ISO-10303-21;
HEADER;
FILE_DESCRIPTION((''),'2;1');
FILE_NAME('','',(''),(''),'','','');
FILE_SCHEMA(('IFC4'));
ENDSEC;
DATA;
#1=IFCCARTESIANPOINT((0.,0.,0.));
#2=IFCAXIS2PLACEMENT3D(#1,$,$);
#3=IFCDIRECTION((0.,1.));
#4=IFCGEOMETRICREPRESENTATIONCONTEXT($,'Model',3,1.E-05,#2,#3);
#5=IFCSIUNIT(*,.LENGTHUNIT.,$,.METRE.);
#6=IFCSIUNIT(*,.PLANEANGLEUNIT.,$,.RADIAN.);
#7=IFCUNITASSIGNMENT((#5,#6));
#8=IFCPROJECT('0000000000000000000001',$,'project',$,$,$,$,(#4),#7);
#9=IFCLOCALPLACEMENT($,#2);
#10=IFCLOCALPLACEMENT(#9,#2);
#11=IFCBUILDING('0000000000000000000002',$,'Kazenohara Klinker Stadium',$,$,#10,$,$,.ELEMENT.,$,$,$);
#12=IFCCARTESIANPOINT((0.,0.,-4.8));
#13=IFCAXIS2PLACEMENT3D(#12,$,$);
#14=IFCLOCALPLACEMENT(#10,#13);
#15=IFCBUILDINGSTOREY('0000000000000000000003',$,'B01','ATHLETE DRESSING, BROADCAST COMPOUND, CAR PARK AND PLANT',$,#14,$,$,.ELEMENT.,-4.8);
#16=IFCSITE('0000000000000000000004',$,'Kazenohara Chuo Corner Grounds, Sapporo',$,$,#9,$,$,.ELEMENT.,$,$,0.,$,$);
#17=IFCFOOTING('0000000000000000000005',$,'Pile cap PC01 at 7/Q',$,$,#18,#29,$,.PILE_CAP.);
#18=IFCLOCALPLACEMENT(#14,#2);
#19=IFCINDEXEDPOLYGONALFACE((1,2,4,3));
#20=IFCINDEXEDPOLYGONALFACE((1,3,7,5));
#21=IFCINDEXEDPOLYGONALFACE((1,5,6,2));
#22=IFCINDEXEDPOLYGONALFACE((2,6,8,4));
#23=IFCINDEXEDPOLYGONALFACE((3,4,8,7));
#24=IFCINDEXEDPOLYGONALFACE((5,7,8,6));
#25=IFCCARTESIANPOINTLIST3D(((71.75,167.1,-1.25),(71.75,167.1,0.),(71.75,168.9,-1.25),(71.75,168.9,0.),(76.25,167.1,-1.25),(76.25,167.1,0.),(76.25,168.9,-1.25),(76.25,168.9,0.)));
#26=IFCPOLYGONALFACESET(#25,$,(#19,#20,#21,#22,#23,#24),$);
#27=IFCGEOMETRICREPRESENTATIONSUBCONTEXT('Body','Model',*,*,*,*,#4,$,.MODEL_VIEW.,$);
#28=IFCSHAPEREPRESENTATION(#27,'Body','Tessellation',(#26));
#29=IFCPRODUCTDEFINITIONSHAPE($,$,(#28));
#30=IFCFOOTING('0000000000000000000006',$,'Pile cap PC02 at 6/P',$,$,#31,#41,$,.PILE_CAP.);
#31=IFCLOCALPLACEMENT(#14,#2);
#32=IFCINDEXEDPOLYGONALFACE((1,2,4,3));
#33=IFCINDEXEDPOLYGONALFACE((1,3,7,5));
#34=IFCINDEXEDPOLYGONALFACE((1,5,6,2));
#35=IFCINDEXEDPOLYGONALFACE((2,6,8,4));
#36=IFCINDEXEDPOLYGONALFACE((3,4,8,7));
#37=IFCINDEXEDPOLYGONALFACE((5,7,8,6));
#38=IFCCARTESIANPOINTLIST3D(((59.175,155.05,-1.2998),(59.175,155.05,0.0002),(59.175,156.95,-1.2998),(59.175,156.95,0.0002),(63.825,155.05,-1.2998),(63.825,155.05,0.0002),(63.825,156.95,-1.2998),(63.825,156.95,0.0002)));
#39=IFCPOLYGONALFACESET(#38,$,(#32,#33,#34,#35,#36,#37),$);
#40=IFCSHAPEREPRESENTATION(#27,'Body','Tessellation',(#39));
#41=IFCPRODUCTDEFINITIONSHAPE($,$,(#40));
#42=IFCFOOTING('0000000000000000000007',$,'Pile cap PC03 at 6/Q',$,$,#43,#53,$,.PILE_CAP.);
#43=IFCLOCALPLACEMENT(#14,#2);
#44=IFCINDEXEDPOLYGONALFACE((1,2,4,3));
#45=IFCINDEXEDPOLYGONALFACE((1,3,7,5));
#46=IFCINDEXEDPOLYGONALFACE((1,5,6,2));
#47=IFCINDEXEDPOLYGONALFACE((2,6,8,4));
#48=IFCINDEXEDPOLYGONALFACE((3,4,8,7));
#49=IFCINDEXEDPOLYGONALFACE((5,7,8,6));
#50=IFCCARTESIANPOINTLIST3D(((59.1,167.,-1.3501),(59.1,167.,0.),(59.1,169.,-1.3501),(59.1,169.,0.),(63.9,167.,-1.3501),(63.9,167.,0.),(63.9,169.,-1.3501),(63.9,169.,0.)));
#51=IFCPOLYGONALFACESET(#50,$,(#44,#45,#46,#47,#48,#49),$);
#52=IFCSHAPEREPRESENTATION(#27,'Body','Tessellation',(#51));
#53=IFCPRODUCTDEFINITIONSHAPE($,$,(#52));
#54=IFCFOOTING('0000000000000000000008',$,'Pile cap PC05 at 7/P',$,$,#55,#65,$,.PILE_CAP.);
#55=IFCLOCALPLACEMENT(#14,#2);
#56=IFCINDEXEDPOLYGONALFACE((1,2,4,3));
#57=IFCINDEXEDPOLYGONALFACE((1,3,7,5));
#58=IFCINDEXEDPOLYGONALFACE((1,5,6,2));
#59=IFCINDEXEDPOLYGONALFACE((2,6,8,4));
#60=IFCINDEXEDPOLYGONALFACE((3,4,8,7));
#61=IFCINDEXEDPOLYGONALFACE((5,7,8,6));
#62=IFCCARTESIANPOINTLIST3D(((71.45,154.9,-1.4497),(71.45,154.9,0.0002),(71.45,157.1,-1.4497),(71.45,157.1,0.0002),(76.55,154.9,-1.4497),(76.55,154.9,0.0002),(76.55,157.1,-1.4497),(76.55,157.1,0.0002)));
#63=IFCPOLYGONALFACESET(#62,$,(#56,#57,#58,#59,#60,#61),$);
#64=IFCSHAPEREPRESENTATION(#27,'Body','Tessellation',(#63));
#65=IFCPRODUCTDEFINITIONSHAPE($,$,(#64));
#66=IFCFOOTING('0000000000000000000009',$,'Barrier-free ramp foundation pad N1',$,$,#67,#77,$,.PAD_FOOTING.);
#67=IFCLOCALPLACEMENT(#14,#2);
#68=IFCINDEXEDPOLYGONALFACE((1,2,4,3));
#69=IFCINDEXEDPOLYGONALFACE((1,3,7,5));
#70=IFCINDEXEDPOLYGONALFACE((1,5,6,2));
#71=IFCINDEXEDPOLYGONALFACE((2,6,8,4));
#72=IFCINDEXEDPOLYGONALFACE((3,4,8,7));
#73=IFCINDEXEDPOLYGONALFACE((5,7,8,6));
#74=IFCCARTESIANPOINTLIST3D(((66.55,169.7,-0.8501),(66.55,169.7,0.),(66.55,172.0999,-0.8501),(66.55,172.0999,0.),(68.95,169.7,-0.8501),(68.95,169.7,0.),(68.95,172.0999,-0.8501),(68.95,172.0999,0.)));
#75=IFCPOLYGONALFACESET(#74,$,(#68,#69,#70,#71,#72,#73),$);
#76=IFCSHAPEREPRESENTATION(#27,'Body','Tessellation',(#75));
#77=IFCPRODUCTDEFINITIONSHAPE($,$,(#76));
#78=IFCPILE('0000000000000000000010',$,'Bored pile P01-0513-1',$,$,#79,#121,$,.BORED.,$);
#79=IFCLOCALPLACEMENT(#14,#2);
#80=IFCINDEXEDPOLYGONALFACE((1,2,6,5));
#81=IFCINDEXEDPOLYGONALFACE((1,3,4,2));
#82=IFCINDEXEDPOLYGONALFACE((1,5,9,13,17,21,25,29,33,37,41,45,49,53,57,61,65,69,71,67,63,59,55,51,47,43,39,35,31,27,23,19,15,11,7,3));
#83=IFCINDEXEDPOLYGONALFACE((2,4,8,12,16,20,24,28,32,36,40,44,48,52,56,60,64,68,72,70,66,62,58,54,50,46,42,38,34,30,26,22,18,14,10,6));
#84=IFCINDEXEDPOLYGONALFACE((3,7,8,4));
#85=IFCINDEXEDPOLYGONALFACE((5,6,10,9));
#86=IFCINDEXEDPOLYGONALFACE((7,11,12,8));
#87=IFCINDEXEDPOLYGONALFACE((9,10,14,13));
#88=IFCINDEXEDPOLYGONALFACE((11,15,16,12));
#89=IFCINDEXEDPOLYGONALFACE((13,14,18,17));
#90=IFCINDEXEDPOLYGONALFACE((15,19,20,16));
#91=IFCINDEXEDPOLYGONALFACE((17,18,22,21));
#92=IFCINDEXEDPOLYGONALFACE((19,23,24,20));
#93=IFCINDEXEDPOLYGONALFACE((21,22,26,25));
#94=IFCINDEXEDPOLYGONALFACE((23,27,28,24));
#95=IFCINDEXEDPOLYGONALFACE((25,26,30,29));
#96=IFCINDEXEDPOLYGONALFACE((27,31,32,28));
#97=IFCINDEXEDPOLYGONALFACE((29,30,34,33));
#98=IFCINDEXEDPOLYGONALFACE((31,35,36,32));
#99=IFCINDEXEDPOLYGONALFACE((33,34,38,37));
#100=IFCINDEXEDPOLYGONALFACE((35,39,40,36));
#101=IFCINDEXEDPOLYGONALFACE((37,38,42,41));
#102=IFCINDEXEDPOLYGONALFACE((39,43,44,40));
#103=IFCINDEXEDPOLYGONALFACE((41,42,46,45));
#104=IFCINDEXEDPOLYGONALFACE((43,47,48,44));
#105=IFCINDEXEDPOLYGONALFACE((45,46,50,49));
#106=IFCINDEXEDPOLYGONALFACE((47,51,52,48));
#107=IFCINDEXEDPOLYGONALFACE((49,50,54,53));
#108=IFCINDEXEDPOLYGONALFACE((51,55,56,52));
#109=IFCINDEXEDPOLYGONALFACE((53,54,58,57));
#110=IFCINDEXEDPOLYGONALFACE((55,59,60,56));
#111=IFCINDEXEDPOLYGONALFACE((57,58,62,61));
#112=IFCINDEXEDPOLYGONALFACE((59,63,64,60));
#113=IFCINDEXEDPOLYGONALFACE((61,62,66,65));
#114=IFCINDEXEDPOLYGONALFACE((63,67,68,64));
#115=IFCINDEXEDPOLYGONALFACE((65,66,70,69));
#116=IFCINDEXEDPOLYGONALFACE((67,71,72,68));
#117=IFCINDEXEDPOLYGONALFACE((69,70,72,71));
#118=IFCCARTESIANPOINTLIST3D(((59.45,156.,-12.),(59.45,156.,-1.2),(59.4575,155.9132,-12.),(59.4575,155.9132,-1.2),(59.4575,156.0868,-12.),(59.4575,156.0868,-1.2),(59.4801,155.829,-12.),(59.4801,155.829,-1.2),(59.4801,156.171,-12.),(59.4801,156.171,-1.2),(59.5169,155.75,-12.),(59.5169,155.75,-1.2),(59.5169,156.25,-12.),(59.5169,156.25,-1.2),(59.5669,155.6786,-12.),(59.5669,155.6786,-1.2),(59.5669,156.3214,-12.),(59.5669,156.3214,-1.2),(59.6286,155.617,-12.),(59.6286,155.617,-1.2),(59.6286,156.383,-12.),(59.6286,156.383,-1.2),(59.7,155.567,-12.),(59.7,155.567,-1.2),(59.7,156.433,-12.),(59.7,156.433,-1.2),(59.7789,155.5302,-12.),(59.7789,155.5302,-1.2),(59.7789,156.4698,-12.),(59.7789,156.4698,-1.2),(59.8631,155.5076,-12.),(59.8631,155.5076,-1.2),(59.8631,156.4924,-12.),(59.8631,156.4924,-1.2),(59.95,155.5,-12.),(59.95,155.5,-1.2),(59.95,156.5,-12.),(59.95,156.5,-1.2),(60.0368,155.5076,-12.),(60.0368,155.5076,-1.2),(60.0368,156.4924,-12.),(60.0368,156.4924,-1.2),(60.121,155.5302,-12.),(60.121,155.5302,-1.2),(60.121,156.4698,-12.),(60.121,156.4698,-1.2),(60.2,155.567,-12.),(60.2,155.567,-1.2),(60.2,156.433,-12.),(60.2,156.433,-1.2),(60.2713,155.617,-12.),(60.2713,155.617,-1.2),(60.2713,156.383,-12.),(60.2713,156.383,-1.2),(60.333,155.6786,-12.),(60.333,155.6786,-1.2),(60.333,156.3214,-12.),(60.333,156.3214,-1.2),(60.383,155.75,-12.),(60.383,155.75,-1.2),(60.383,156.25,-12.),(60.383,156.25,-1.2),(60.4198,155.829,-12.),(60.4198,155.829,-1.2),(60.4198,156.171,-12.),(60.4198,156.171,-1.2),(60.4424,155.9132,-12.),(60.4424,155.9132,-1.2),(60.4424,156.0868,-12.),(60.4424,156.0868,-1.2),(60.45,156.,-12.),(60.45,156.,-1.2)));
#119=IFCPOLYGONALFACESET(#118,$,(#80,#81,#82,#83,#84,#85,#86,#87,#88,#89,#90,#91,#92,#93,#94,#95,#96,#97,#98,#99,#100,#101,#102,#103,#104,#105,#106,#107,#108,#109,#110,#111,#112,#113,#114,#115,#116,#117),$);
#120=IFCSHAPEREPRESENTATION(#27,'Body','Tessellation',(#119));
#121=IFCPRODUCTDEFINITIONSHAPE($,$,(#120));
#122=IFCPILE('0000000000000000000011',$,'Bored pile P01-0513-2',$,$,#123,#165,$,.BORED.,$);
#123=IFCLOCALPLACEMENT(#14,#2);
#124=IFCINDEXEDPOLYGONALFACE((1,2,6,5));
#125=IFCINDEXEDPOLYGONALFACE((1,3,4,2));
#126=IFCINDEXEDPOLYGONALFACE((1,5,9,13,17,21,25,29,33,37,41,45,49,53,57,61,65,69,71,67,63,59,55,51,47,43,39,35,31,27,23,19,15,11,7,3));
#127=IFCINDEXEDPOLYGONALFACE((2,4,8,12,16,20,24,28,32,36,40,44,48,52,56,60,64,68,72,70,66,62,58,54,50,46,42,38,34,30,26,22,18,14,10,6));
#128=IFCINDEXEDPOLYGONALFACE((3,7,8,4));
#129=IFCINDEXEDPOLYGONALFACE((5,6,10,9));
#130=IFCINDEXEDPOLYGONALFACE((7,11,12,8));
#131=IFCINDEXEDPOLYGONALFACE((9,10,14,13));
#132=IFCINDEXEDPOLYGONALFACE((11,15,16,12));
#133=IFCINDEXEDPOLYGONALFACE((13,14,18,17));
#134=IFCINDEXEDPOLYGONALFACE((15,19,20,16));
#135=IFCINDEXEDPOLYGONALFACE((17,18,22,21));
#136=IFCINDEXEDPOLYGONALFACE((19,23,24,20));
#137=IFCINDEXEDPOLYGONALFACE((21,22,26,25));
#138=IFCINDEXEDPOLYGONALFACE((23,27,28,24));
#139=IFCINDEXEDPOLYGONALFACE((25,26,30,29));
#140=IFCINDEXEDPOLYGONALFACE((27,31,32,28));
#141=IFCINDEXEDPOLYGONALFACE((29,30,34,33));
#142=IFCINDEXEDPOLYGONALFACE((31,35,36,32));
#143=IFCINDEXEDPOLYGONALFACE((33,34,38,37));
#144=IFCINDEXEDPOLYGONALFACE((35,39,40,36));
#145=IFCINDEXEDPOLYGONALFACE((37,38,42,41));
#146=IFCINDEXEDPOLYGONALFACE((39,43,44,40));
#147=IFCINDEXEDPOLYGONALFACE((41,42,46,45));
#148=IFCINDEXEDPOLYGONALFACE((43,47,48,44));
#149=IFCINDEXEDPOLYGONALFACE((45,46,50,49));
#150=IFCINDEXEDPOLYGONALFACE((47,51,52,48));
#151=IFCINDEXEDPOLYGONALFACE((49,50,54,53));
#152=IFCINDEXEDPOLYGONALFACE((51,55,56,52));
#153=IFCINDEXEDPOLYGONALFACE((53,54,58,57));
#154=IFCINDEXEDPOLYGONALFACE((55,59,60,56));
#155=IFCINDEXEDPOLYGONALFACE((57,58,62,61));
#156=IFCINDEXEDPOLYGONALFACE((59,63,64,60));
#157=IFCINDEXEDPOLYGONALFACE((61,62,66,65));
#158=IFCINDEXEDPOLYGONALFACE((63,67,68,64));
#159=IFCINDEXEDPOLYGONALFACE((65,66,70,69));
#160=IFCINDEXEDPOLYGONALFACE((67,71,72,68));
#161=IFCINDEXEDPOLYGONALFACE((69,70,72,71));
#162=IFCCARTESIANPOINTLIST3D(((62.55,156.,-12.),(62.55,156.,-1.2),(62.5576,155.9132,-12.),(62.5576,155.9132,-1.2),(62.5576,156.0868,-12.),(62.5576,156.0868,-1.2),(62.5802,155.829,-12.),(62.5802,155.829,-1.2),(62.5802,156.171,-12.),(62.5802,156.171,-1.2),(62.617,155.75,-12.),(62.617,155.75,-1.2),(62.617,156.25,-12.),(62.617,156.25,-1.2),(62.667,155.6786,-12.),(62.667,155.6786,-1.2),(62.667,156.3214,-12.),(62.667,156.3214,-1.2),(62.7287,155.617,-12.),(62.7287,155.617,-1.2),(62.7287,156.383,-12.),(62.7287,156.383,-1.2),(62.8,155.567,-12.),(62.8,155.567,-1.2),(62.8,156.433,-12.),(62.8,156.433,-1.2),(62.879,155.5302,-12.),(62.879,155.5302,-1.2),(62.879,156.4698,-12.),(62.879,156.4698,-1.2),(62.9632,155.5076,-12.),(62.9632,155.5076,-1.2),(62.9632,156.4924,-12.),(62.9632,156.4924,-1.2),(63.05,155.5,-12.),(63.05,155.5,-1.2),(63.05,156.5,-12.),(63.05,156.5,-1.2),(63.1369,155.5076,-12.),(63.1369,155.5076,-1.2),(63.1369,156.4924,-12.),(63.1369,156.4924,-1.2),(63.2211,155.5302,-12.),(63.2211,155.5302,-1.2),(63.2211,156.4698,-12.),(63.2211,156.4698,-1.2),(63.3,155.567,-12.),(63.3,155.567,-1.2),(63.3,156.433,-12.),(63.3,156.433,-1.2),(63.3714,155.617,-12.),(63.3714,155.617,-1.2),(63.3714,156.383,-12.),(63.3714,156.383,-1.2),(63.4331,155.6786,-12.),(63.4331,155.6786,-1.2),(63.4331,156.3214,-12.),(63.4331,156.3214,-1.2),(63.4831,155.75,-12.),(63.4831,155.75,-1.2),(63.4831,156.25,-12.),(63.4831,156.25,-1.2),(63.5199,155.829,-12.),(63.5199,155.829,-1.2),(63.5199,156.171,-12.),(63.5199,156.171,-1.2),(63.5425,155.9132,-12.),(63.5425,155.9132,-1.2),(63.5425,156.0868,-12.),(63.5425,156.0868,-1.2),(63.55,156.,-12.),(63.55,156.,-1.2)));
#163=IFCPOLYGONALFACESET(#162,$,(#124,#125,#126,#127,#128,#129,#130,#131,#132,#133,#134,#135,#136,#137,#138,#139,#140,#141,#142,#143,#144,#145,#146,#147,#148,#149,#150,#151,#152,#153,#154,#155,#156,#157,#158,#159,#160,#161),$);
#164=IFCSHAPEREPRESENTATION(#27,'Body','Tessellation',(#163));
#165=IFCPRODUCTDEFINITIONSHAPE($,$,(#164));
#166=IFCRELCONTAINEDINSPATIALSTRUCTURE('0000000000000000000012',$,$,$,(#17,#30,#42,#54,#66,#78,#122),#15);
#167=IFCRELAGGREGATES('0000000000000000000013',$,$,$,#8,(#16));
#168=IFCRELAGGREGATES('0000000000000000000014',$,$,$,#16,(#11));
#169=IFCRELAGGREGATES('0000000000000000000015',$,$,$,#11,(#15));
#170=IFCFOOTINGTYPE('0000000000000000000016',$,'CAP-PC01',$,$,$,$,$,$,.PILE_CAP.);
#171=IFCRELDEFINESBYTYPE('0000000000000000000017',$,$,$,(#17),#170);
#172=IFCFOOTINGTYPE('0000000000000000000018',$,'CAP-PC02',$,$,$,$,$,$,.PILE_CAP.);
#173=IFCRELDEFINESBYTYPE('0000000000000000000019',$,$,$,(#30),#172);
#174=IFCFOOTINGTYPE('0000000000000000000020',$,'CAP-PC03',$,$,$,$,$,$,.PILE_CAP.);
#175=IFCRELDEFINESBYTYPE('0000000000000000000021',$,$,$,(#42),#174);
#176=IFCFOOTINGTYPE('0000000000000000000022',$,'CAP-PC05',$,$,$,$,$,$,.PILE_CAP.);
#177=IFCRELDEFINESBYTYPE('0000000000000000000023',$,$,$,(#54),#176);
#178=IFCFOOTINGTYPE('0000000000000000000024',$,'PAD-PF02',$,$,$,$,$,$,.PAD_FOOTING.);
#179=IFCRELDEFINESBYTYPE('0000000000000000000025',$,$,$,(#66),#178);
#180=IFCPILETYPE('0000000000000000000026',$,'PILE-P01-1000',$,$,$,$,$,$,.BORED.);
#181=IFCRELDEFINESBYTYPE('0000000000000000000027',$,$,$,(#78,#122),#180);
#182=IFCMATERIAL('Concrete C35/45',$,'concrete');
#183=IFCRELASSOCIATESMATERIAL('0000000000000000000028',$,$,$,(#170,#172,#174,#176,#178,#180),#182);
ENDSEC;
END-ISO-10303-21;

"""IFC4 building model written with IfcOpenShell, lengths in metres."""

from ifc_helpers import new_model, si_unit, direction, frame, origin, origin_2d, place, context, subcontext, project, spatial, rectangle, circle, extrude, material, material_profile, profile_set, type_object, element, save


model = new_model("IFC4")

# Units and contexts
model_context = context("Model", 3, precision=1e-05, world=origin(), true_north=direction((0.0, 1.0)))
body_context = subcontext(model_context, "Body", "Model", "MODEL_VIEW")
ifc_project = project(units=[si_unit("LENGTHUNIT", "METRE"), si_unit("PLANEANGLEUNIT", "RADIAN")], contexts=[model_context])

# Site, building, storey
site_placement = place(None, origin())
site = spatial("IfcSite", under=ifc_project, at=site_placement, Name="Kazenohara Chuo Corner Grounds, Sapporo", CompositionType="ELEMENT", RefElevation=0.0)
building_placement = place(site_placement, origin())
building = spatial("IfcBuilding", under=site, at=building_placement, Name="Kazenohara Klinker Stadium", CompositionType="ELEMENT")
storey_placement = place(building_placement, frame((0.0, 0.0, -4.8)))
storey = spatial("IfcBuildingStorey", under=building, at=storey_placement, Name="B01", Description="ATHLETE DRESSING, BROADCAST COMPOUND, CAR PARK AND PLANT", CompositionType="ELEMENT", Elevation=-4.8)

# Footings
ifc_material_1 = material(Name="Concrete C35/45", Category="concrete")
footing_type_1 = type_object("IfcFootingType", Name="CAP-PC01", PredefinedType="PILE_CAP", material=ifc_material_1)
footing_1_placement = place(storey_placement, frame((74.0, 168.0, -1.25), z_axis=(0.0, 0.0, 1.0), x_axis=(1.0, 0.0, 0.0)))
element("IfcFooting", 1, at=footing_1_placement, inside=storey, type_object=footing_type_1, Name="Pile cap PC01 at 7/Q", PredefinedType="PILE_CAP", context=body_context, shape_type="SweptSolid", body=[
    extrude(rectangle(XDim=4.5, YDim=1.8, at=origin_2d()), origin(), (0.0, 0.0, 1.0), 1.25),
])
footing_type_2 = type_object("IfcFootingType", Name="CAP-PC02", PredefinedType="PILE_CAP", material=ifc_material_1)
footing_2_placement = place(storey_placement, frame((61.5, 156.0, -1.2998), z_axis=(0.0, 0.0, 1.0), x_axis=(1.0, 0.0, 0.0)))
element("IfcFooting", 2, at=footing_2_placement, inside=storey, type_object=footing_type_2, Name="Pile cap PC02 at 6/P", PredefinedType="PILE_CAP", context=body_context, shape_type="SweptSolid", body=[
    extrude(rectangle(XDim=4.6499, YDim=1.8999, at=origin_2d()), origin(), (0.0, 0.0, 1.0), 1.3),
])
footing_type_3 = type_object("IfcFootingType", Name="CAP-PC03", PredefinedType="PILE_CAP", material=ifc_material_1)
footing_3_placement = place(storey_placement, frame((61.5, 168.0, -1.3501), z_axis=(0.0, 0.0, 1.0), x_axis=(1.0, 0.0, 0.0)))
element("IfcFooting", 3, at=footing_3_placement, inside=storey, type_object=footing_type_3, Name="Pile cap PC03 at 6/Q", PredefinedType="PILE_CAP", context=body_context, shape_type="SweptSolid", body=[
    extrude(rectangle(XDim=4.8, YDim=2.0, at=origin_2d()), origin(), (0.0, 0.0, 1.0), 1.3501),
])
footing_type_4 = type_object("IfcFootingType", Name="CAP-PC05", PredefinedType="PILE_CAP", material=ifc_material_1)
footing_4_placement = place(storey_placement, frame((74.0, 156.0, -1.4497), z_axis=(0.0, 0.0, 1.0), x_axis=(1.0, 0.0, 0.0)))
element("IfcFooting", 4, at=footing_4_placement, inside=storey, type_object=footing_type_4, Name="Pile cap PC05 at 7/P", PredefinedType="PILE_CAP", context=body_context, shape_type="SweptSolid", body=[
    extrude(rectangle(XDim=5.1001, YDim=2.2, at=origin_2d()), origin(), (0.0, 0.0, 1.0), 1.45),
])
footing_type_5 = type_object("IfcFootingType", Name="PAD-PF02", PredefinedType="PAD_FOOTING", material=ifc_material_1)
footing_5_placement = place(storey_placement, frame((67.75, 170.8999, -0.8501), z_axis=(0.0, 0.0, 1.0), x_axis=(1.0, 0.0, 0.0)))
element("IfcFooting", 5, at=footing_5_placement, inside=storey, type_object=footing_type_5, Name="Barrier-free ramp foundation pad N1", PredefinedType="PAD_FOOTING", context=body_context, shape_type="SweptSolid", body=[
    extrude(rectangle(XDim=2.3999, YDim=2.3999, at=origin_2d()), origin(), (0.0, 0.0, 1.0), 0.8501),
])

# Piles
ifc_material_profile_1 = material_profile(ifc_material_1, circle(Radius=0.5, at=origin_2d()), Name="BORED-PILE-1000")
ifc_profile_set_1 = profile_set([ifc_material_profile_1], Name="Concrete C35/45")
pile_type = type_object("IfcPileType", Name="PILE-P01-1000", PredefinedType="BORED", material=ifc_profile_set_1)
for number, where, z_axis, x_axis, name in (
    (6, (59.95, 156.0, -1.2), (0.0, 0.0, -1.0), (1.0, 0.0, 0.0), "Bored pile P01-0513-1"),
    (7, (63.05, 156.0, -1.2), (0.0, 0.0, -1.0), (1.0, 0.0, 0.0), "Bored pile P01-0513-2"),
):
    element("IfcPile", number, at=place(storey_placement, frame(where, z_axis=z_axis, x_axis=x_axis)), inside=storey, type_object=pile_type, Name=name, PredefinedType="BORED", context=body_context, shape_type="SweptSolid", body=[
        extrude(circle(Radius=0.5, at=origin_2d()), origin(), (0.0, 0.0, 1.0), 10.8),
    ])

save(model, "model.ifc")
